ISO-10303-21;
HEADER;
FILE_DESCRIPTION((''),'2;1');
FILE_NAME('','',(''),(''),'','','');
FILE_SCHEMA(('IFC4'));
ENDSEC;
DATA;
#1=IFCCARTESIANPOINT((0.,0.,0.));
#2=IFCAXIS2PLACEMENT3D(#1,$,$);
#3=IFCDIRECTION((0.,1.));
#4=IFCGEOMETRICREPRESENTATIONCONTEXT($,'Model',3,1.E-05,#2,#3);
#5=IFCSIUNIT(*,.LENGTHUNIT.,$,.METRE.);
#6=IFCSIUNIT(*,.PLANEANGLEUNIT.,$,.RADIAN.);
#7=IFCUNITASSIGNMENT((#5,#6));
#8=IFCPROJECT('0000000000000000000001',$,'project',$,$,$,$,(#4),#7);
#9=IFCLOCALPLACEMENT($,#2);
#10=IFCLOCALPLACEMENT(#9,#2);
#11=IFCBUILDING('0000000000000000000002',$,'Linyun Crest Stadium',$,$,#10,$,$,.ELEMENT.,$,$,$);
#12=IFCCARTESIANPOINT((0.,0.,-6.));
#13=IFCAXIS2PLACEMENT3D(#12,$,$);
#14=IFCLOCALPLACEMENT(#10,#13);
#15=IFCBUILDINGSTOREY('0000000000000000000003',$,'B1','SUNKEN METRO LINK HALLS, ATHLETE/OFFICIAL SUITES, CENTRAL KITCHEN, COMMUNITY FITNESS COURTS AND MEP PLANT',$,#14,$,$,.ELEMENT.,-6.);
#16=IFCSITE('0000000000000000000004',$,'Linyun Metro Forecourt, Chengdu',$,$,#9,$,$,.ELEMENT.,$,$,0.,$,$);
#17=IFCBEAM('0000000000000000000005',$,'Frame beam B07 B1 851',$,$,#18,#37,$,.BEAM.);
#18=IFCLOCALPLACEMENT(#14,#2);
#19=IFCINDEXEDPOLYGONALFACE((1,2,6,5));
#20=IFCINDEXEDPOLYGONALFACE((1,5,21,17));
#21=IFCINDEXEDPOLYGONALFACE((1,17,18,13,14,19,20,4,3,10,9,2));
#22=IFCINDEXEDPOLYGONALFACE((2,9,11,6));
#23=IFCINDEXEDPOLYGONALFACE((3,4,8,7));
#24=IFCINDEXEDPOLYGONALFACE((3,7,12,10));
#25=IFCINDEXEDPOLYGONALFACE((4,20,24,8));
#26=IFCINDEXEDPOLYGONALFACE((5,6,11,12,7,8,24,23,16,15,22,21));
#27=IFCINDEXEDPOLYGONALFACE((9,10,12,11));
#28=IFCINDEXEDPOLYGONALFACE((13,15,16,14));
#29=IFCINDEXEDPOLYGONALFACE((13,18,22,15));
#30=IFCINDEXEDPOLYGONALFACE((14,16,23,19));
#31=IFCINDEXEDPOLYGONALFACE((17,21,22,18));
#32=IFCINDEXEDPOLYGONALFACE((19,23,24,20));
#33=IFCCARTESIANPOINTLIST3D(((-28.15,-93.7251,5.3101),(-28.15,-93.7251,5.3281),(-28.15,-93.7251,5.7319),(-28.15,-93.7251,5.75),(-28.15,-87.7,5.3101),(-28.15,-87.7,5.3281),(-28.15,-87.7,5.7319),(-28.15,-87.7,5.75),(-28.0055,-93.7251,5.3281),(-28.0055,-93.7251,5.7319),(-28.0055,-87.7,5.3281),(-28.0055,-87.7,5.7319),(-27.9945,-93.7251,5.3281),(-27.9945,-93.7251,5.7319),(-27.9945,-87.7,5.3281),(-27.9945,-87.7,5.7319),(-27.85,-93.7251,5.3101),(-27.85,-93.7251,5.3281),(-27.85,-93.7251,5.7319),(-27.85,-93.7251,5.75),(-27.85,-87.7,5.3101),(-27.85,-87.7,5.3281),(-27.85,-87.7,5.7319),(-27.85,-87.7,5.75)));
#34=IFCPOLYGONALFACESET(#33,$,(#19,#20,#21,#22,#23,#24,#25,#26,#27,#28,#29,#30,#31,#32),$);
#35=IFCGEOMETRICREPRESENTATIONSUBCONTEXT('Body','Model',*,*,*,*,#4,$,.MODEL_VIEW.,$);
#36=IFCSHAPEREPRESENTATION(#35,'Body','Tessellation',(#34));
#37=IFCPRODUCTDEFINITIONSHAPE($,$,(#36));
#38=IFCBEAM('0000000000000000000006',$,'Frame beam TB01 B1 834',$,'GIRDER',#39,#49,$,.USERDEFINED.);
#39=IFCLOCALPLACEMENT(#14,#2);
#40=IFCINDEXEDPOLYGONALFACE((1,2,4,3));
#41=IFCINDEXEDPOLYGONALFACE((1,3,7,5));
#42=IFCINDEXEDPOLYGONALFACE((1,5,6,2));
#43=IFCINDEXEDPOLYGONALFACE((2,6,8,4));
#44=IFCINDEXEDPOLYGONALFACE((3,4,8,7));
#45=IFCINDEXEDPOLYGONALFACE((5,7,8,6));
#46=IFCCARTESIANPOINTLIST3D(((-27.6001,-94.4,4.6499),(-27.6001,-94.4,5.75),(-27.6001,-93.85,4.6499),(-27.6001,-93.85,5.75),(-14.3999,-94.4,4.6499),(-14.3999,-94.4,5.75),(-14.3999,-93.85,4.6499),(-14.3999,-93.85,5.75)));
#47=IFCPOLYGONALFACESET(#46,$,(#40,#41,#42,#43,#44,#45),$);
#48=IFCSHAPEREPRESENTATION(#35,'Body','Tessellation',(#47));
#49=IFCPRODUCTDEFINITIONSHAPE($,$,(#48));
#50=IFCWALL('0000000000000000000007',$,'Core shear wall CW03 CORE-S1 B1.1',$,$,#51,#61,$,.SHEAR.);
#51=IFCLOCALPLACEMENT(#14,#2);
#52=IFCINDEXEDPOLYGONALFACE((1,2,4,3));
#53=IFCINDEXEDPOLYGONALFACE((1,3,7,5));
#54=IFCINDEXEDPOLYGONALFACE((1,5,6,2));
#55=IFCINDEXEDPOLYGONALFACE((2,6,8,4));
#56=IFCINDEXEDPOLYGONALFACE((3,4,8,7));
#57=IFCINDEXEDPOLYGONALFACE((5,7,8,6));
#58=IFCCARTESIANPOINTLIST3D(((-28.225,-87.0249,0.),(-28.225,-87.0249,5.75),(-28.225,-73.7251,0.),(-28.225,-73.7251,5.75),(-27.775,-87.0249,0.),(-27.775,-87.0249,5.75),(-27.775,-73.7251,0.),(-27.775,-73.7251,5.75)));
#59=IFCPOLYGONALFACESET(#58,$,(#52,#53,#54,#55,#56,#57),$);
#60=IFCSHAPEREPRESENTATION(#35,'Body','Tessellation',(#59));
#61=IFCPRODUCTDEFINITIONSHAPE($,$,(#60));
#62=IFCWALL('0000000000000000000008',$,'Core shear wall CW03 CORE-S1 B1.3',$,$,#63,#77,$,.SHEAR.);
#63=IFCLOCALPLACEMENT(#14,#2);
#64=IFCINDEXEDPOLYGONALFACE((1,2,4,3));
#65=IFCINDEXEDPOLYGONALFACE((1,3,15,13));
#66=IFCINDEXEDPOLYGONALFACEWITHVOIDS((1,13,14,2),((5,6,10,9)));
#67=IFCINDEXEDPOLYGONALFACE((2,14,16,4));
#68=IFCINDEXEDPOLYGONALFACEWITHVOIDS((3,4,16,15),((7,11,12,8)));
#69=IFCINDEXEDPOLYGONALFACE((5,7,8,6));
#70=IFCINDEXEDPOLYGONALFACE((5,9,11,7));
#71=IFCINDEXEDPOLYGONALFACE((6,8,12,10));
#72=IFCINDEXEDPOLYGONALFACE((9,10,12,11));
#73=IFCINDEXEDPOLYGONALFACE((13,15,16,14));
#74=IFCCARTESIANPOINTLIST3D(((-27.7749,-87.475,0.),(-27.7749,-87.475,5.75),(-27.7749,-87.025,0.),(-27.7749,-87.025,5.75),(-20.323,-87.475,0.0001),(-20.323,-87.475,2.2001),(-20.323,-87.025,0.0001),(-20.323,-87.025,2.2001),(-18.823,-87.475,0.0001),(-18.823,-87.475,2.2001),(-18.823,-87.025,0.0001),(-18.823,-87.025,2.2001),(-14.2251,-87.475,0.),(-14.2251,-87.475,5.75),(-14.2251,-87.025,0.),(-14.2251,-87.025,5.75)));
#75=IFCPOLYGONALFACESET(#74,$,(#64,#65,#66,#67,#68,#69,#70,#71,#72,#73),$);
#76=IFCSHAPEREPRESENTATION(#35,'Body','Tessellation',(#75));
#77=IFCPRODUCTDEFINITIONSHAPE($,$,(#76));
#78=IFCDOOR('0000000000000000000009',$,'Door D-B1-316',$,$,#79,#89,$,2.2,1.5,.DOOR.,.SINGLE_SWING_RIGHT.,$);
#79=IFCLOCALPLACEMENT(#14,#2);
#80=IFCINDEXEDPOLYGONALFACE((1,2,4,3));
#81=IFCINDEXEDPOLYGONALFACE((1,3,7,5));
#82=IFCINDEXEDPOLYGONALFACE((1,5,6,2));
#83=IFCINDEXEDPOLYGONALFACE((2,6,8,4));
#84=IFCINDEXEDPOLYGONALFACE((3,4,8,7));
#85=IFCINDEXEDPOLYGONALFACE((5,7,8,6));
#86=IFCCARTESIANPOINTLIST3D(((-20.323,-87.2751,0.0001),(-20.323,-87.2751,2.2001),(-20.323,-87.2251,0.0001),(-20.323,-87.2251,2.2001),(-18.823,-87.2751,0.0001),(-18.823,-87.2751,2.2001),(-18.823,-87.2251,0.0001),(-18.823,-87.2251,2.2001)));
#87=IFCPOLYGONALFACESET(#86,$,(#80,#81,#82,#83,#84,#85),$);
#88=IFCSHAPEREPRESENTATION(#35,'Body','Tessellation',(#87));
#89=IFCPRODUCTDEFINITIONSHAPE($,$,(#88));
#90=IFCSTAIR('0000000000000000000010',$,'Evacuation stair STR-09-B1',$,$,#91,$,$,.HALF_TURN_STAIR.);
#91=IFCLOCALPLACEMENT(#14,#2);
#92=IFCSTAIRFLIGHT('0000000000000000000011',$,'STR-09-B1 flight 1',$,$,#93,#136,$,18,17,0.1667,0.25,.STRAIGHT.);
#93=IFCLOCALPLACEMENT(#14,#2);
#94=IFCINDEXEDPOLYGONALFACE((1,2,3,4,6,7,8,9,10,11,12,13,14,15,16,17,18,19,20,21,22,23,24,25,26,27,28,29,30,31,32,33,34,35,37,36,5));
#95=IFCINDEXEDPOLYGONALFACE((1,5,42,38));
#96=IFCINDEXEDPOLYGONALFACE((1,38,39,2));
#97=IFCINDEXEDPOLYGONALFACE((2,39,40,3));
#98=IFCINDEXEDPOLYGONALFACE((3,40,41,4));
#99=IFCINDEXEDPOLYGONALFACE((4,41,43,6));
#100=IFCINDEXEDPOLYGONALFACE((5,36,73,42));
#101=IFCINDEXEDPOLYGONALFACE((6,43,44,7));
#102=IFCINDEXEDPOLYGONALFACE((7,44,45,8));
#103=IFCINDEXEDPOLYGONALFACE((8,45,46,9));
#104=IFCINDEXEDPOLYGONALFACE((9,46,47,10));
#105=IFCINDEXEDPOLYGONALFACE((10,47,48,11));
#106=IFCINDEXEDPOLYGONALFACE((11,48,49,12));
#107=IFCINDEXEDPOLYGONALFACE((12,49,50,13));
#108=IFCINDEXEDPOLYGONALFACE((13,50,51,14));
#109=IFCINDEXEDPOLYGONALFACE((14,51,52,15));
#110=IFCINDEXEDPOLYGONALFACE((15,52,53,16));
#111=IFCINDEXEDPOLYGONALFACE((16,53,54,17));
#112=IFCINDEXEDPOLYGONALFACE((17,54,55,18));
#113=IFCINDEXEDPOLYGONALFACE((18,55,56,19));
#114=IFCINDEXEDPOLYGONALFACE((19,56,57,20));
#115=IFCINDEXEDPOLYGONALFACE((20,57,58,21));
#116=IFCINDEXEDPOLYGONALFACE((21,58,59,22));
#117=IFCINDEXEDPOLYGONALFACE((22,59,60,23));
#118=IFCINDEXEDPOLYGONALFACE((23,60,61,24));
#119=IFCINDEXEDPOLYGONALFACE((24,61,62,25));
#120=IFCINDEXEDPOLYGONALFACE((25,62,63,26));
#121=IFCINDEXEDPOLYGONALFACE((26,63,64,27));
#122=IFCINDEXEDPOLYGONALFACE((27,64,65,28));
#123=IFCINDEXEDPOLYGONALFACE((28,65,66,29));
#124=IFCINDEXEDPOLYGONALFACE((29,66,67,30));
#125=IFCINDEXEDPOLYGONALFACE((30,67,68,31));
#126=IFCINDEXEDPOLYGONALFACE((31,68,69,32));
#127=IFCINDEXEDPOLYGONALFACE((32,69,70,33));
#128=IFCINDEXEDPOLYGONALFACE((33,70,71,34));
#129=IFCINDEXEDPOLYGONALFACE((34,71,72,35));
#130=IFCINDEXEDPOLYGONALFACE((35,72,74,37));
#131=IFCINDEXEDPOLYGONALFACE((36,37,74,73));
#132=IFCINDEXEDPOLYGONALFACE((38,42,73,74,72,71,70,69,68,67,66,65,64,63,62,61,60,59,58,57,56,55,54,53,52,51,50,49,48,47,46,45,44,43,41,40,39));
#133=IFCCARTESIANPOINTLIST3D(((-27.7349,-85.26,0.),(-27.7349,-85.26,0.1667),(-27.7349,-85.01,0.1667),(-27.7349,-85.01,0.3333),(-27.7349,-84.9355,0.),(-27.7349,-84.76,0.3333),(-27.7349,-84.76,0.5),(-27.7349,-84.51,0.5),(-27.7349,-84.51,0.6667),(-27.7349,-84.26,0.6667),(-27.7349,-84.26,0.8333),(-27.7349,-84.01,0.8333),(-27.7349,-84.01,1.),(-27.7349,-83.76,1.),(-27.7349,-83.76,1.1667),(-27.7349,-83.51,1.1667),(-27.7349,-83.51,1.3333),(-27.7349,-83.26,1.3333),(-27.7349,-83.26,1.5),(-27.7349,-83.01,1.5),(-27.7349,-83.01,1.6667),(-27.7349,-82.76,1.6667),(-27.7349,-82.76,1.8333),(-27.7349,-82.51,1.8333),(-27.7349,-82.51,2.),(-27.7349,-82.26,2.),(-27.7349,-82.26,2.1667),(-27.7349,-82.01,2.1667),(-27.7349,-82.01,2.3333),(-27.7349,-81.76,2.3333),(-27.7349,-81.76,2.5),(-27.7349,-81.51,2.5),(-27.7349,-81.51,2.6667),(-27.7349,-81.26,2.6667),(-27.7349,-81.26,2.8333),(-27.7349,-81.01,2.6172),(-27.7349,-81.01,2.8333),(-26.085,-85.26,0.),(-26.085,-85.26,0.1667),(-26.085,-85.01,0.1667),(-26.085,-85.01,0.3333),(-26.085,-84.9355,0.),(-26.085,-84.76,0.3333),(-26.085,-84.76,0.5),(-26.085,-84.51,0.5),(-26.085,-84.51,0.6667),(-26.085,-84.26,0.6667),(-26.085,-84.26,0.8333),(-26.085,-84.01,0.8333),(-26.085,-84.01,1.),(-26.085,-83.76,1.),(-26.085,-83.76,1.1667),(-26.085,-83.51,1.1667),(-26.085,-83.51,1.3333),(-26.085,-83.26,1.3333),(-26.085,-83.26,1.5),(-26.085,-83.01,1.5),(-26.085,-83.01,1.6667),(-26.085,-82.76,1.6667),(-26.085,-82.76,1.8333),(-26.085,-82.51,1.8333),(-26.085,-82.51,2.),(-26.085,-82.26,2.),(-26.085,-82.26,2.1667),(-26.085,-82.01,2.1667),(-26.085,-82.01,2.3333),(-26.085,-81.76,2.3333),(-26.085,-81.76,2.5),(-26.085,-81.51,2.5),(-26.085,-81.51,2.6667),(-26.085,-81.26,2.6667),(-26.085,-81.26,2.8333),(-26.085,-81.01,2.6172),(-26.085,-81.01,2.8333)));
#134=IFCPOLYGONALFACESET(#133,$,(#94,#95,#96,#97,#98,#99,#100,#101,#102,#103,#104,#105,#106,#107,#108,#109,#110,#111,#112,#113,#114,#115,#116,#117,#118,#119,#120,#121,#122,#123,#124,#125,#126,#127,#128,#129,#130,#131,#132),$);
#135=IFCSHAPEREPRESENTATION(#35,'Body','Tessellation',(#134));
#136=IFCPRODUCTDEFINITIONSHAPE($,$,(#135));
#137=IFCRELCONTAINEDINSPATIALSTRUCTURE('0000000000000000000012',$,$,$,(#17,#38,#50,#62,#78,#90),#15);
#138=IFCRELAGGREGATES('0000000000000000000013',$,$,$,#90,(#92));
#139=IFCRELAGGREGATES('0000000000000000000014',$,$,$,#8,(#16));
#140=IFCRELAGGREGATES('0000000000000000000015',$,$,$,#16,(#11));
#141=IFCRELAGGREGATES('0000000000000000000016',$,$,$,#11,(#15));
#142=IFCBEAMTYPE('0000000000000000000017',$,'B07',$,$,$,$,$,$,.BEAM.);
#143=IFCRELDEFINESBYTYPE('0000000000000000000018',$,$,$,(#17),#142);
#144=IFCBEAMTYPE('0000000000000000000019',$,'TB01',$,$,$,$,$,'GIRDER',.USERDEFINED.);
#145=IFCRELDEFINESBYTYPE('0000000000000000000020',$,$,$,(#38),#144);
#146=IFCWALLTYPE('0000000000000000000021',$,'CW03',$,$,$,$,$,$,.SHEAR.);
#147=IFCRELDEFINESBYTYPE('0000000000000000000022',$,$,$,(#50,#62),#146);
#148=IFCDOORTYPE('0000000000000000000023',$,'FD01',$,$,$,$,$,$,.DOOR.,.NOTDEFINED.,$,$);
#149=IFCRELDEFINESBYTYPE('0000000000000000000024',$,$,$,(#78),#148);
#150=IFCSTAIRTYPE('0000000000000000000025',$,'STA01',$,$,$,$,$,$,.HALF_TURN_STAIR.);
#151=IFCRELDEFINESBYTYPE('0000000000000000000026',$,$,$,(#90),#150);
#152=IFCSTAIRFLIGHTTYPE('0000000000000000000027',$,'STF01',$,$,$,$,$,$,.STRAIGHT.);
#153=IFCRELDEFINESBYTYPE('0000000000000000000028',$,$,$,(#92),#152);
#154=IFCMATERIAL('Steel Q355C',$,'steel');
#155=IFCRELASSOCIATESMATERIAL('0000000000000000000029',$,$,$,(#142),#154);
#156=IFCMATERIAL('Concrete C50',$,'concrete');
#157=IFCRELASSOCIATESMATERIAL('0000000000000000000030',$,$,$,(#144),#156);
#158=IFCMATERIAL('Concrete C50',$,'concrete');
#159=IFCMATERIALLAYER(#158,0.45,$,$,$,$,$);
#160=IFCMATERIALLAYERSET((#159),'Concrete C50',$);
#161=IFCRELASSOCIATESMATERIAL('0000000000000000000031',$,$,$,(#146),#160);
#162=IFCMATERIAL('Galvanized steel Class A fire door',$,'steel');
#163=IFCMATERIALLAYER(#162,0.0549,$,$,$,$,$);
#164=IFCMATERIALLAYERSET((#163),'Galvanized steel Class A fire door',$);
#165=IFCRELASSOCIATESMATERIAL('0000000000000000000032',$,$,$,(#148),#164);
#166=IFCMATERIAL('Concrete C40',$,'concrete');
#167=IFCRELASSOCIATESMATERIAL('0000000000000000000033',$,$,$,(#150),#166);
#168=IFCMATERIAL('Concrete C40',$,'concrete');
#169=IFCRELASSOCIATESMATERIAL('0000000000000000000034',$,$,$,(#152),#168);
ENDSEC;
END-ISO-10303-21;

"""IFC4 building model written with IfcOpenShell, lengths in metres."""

from ifc_helpers import new_model, si_unit, direction, frame, frame_2d, origin, origin_2d, place, context, subcontext, project, spatial, polyline, rectangle, i_section, outline, extrude, material, layer, layer_set, material_profile, profile_set, type_object, element, fill, aggregate, save


model = new_model("IFC4")

# Units and contexts
model_context = context("Model", 3, precision=1e-05, world=origin(), true_north=direction((0.0, 1.0)))
body_context = subcontext(model_context, "Body", "Model", "MODEL_VIEW")
ifc_project = project(units=[si_unit("LENGTHUNIT", "METRE"), si_unit("PLANEANGLEUNIT", "RADIAN")], contexts=[model_context])

# Site, building, storey
site_placement = place(None, origin())
site = spatial("IfcSite", under=ifc_project, at=site_placement, Name="Linyun Metro Forecourt, Chengdu", CompositionType="ELEMENT", RefElevation=0.0)
building_placement = place(site_placement, origin())
building = spatial("IfcBuilding", under=site, at=building_placement, Name="Linyun Crest Stadium", CompositionType="ELEMENT")
storey_placement = place(building_placement, frame((0.0, 0.0, -6.0)))
storey = spatial("IfcBuildingStorey", under=building, at=storey_placement, Name="B1", Description="SUNKEN METRO LINK HALLS, ATHLETE/OFFICIAL SUITES, CENTRAL KITCHEN, COMMUNITY FITNESS COURTS AND MEP PLANT", CompositionType="ELEMENT", Elevation=-6.0)

# Beams
ifc_material_1 = material(Name="Steel Q355C", Category="steel")
ifc_material_profile_1 = material_profile(ifc_material_1, i_section(OverallWidth=0.3, OverallDepth=0.4399, WebThickness=0.011, FlangeThickness=0.0181, at=origin_2d()), Name="HM 440x300")
ifc_profile_set_1 = profile_set([ifc_material_profile_1], Name="Steel Q355C")
beam_type_1 = type_object("IfcBeamType", Name="B07", PredefinedType="BEAM", material=ifc_profile_set_1)
beam_1_placement = place(storey_placement, frame((-28.0, -93.7251, 5.53), z_axis=(0.0, 1.0, 0.0), x_axis=(-1.0, 0.0, 0.0)))
element("IfcBeam", 1, at=beam_1_placement, inside=storey, type_object=beam_type_1, Name="Frame beam B07 B1 851", PredefinedType="BEAM", context=body_context, shape_type="SweptSolid", body=[
    extrude(i_section(OverallWidth=0.3, OverallDepth=0.4399, WebThickness=0.011, FlangeThickness=0.0181, at=origin_2d()), origin(), (0.0, 0.0, 1.0), 6.0251),
])
ifc_material_2 = material(Name="Concrete C50", Category="concrete")
ifc_material_profile_2 = material_profile(ifc_material_2, rectangle(XDim=0.55, YDim=1.1001, at=origin_2d()), Name="RCB 1100x550")
ifc_profile_set_2 = profile_set([ifc_material_profile_2], Name="Concrete C50")
beam_type_2 = type_object("IfcBeamType", Name="TB01", ElementType="GIRDER", PredefinedType="USERDEFINED", material=ifc_profile_set_2)
beam_2_placement = place(storey_placement, frame((-27.6001, -94.125, 5.2), z_axis=(1.0, 0.0, 0.0), x_axis=(0.0, 1.0, 0.0)))
element("IfcBeam", 2, at=beam_2_placement, inside=storey, type_object=beam_type_2, Name="Frame beam TB01 B1 834", ObjectType="GIRDER", PredefinedType="USERDEFINED", context=body_context, shape_type="SweptSolid", body=[
    extrude(rectangle(XDim=0.55, YDim=1.1001, at=origin_2d()), origin(), (0.0, 0.0, 1.0), 13.2002),
])

# Wall
ifc_material_3 = material(Name="Concrete C50", Category="concrete")
ifc_layer_1 = layer(ifc_material_3, 0.45)
ifc_layer_set_1 = layer_set([ifc_layer_1], Name="Concrete C50")
wall_type = type_object("IfcWallType", Name="CW03", PredefinedType="SHEAR", material=ifc_layer_set_1)
wall_1_placement = place(storey_placement, frame((-28.0, -87.0249, 0.0), z_axis=(0.0, 0.0, 1.0), x_axis=(0.0, 1.0, 0.0)))
element("IfcWall", 3, at=wall_1_placement, inside=storey, type_object=wall_type, Name="Core shear wall CW03 CORE-S1 B1.1", PredefinedType="SHEAR", context=body_context, shape_type="SweptSolid", body=[
    extrude(rectangle(XDim=13.2998, YDim=0.45, at=frame_2d((6.6499, 0.0))), origin(), (0.0, 0.0, 1.0), 5.75),
])

# Wall, opening, door
wall_2_placement = place(storey_placement, frame((-27.7749, -87.25, 0.0), z_axis=(0.0, 0.0, 1.0), x_axis=(1.0, 0.0, 0.0)))
wall_2 = element("IfcWall", 4, at=wall_2_placement, inside=storey, type_object=wall_type, Name="Core shear wall CW03 CORE-S1 B1.3", PredefinedType="SHEAR", context=body_context, shape_type="SweptSolid", body=[
    extrude(rectangle(XDim=13.5498, YDim=0.45, at=frame_2d((6.7749, 0.0))), origin(), (0.0, 0.0, 1.0), 5.75),
])
opening_placement = place(wall_2_placement, frame((7.4519, 0.0, 0.0)))
opening = element("IfcOpeningElement", 5, at=opening_placement, cuts=wall_2, PredefinedType="OPENING", context=body_context, shape_type="SweptSolid", body=[
    extrude(rectangle(XDim=1.5, YDim=2.2, at=frame_2d((0.75, 1.1001))), frame((0.0, 0.2349, 0.0), z_axis=(0.0, -1.0, 0.0), x_axis=(1.0, 0.0, 0.0)), (0.0, 0.0, 1.0), 0.47),
])
ifc_material_4 = material(Name="Galvanized steel Class A fire door", Category="steel")
ifc_layer_2 = layer(ifc_material_4, 0.0549)
ifc_layer_set_2 = layer_set([ifc_layer_2], Name="Galvanized steel Class A fire door")
door_type = type_object("IfcDoorType", Name="FD01", OperationType="NOTDEFINED", PredefinedType="DOOR", material=ifc_layer_set_2)
door_placement = place(opening_placement, origin())
door = element("IfcDoor", 6, at=door_placement, inside=storey, type_object=door_type, Name="Door D-B1-316", OperationType="SINGLE_SWING_RIGHT", OverallHeight=2.2, OverallWidth=1.5, PredefinedType="DOOR", context=body_context, shape_type="SweptSolid", body=[
    extrude(rectangle(XDim=1.5, YDim=2.2, at=frame_2d((0.75, 1.1001))), frame((0.0, 0.0249, 0.0), z_axis=(0.0, -1.0, 0.0), x_axis=(1.0, 0.0, 0.0)), (0.0, 0.0, 1.0), 0.05),
])
fill(opening, door)

# Stair, stair flight
ifc_material_5 = material(Name="Concrete C40", Category="concrete")
stair_type = type_object("IfcStairType", Name="STA01", PredefinedType="HALF_TURN_STAIR", material=ifc_material_5)
stair_placement = place(storey_placement, origin())
stair = element("IfcStair", 7, at=stair_placement, inside=storey, type_object=stair_type, Name="Evacuation stair STR-09-B1", PredefinedType="HALF_TURN_STAIR")
ifc_material_6 = material(Name="Concrete C40", Category="concrete")
stair_flight_type = type_object("IfcStairFlightType", Name="STF01", PredefinedType="STRAIGHT", material=ifc_material_6)
stair_flight_placement = place(storey_placement, frame((-26.9099, -85.26, 0.0), z_axis=(0.0, 0.0, 1.0), x_axis=(0.0, 1.0, 0.0)))
stair_flight = element("IfcStairFlight", 8, at=stair_flight_placement, type_object=stair_flight_type, Name="STR-09-B1 flight 1", NumberOfRisers=18, NumberOfTreads=17, PredefinedType="STRAIGHT", RiserHeight=0.1667, TreadLength=0.25, context=body_context, shape_type="SweptSolid", body=[
    extrude(outline(polyline([(0.0, 0.0), (0.0, 0.1667), (0.25, 0.1667), (0.25, 0.3333), (0.5, 0.3333), (0.5, 0.5), (0.75, 0.5), (0.75, 0.6667), (1.0, 0.6667), (1.0, 0.8333), (1.25, 0.8333), (1.25, 1.0), (1.5, 1.0), (1.5, 1.1667), (1.75, 1.1667), (1.75, 1.3333), (2.0, 1.3333), (2.0, 1.5), (2.25, 1.5), (2.25, 1.6667), (2.5, 1.6667), (2.5, 1.8333), (2.75, 1.8333), (2.75, 2.0), (3.0, 2.0), (3.0, 2.1667), (3.25, 2.1667), (3.25, 2.3333), (3.5, 2.3333), (3.5, 2.5), (3.75, 2.5), (3.75, 2.6667), (4.0, 2.6667), (4.0, 2.8333), (4.25, 2.8333), (4.25, 3.0), (4.25, 2.6172), (0.3245, 0.0), (0.0, 0.0)])), frame((0.0, 0.825, 0.0), z_axis=(0.0, -1.0, 0.0), x_axis=(1.0, 0.0, 0.0)), (0.0, 0.0, 1.0), 1.6499),
])
aggregate(stair, [stair_flight])

save(model, "model.ifc")
